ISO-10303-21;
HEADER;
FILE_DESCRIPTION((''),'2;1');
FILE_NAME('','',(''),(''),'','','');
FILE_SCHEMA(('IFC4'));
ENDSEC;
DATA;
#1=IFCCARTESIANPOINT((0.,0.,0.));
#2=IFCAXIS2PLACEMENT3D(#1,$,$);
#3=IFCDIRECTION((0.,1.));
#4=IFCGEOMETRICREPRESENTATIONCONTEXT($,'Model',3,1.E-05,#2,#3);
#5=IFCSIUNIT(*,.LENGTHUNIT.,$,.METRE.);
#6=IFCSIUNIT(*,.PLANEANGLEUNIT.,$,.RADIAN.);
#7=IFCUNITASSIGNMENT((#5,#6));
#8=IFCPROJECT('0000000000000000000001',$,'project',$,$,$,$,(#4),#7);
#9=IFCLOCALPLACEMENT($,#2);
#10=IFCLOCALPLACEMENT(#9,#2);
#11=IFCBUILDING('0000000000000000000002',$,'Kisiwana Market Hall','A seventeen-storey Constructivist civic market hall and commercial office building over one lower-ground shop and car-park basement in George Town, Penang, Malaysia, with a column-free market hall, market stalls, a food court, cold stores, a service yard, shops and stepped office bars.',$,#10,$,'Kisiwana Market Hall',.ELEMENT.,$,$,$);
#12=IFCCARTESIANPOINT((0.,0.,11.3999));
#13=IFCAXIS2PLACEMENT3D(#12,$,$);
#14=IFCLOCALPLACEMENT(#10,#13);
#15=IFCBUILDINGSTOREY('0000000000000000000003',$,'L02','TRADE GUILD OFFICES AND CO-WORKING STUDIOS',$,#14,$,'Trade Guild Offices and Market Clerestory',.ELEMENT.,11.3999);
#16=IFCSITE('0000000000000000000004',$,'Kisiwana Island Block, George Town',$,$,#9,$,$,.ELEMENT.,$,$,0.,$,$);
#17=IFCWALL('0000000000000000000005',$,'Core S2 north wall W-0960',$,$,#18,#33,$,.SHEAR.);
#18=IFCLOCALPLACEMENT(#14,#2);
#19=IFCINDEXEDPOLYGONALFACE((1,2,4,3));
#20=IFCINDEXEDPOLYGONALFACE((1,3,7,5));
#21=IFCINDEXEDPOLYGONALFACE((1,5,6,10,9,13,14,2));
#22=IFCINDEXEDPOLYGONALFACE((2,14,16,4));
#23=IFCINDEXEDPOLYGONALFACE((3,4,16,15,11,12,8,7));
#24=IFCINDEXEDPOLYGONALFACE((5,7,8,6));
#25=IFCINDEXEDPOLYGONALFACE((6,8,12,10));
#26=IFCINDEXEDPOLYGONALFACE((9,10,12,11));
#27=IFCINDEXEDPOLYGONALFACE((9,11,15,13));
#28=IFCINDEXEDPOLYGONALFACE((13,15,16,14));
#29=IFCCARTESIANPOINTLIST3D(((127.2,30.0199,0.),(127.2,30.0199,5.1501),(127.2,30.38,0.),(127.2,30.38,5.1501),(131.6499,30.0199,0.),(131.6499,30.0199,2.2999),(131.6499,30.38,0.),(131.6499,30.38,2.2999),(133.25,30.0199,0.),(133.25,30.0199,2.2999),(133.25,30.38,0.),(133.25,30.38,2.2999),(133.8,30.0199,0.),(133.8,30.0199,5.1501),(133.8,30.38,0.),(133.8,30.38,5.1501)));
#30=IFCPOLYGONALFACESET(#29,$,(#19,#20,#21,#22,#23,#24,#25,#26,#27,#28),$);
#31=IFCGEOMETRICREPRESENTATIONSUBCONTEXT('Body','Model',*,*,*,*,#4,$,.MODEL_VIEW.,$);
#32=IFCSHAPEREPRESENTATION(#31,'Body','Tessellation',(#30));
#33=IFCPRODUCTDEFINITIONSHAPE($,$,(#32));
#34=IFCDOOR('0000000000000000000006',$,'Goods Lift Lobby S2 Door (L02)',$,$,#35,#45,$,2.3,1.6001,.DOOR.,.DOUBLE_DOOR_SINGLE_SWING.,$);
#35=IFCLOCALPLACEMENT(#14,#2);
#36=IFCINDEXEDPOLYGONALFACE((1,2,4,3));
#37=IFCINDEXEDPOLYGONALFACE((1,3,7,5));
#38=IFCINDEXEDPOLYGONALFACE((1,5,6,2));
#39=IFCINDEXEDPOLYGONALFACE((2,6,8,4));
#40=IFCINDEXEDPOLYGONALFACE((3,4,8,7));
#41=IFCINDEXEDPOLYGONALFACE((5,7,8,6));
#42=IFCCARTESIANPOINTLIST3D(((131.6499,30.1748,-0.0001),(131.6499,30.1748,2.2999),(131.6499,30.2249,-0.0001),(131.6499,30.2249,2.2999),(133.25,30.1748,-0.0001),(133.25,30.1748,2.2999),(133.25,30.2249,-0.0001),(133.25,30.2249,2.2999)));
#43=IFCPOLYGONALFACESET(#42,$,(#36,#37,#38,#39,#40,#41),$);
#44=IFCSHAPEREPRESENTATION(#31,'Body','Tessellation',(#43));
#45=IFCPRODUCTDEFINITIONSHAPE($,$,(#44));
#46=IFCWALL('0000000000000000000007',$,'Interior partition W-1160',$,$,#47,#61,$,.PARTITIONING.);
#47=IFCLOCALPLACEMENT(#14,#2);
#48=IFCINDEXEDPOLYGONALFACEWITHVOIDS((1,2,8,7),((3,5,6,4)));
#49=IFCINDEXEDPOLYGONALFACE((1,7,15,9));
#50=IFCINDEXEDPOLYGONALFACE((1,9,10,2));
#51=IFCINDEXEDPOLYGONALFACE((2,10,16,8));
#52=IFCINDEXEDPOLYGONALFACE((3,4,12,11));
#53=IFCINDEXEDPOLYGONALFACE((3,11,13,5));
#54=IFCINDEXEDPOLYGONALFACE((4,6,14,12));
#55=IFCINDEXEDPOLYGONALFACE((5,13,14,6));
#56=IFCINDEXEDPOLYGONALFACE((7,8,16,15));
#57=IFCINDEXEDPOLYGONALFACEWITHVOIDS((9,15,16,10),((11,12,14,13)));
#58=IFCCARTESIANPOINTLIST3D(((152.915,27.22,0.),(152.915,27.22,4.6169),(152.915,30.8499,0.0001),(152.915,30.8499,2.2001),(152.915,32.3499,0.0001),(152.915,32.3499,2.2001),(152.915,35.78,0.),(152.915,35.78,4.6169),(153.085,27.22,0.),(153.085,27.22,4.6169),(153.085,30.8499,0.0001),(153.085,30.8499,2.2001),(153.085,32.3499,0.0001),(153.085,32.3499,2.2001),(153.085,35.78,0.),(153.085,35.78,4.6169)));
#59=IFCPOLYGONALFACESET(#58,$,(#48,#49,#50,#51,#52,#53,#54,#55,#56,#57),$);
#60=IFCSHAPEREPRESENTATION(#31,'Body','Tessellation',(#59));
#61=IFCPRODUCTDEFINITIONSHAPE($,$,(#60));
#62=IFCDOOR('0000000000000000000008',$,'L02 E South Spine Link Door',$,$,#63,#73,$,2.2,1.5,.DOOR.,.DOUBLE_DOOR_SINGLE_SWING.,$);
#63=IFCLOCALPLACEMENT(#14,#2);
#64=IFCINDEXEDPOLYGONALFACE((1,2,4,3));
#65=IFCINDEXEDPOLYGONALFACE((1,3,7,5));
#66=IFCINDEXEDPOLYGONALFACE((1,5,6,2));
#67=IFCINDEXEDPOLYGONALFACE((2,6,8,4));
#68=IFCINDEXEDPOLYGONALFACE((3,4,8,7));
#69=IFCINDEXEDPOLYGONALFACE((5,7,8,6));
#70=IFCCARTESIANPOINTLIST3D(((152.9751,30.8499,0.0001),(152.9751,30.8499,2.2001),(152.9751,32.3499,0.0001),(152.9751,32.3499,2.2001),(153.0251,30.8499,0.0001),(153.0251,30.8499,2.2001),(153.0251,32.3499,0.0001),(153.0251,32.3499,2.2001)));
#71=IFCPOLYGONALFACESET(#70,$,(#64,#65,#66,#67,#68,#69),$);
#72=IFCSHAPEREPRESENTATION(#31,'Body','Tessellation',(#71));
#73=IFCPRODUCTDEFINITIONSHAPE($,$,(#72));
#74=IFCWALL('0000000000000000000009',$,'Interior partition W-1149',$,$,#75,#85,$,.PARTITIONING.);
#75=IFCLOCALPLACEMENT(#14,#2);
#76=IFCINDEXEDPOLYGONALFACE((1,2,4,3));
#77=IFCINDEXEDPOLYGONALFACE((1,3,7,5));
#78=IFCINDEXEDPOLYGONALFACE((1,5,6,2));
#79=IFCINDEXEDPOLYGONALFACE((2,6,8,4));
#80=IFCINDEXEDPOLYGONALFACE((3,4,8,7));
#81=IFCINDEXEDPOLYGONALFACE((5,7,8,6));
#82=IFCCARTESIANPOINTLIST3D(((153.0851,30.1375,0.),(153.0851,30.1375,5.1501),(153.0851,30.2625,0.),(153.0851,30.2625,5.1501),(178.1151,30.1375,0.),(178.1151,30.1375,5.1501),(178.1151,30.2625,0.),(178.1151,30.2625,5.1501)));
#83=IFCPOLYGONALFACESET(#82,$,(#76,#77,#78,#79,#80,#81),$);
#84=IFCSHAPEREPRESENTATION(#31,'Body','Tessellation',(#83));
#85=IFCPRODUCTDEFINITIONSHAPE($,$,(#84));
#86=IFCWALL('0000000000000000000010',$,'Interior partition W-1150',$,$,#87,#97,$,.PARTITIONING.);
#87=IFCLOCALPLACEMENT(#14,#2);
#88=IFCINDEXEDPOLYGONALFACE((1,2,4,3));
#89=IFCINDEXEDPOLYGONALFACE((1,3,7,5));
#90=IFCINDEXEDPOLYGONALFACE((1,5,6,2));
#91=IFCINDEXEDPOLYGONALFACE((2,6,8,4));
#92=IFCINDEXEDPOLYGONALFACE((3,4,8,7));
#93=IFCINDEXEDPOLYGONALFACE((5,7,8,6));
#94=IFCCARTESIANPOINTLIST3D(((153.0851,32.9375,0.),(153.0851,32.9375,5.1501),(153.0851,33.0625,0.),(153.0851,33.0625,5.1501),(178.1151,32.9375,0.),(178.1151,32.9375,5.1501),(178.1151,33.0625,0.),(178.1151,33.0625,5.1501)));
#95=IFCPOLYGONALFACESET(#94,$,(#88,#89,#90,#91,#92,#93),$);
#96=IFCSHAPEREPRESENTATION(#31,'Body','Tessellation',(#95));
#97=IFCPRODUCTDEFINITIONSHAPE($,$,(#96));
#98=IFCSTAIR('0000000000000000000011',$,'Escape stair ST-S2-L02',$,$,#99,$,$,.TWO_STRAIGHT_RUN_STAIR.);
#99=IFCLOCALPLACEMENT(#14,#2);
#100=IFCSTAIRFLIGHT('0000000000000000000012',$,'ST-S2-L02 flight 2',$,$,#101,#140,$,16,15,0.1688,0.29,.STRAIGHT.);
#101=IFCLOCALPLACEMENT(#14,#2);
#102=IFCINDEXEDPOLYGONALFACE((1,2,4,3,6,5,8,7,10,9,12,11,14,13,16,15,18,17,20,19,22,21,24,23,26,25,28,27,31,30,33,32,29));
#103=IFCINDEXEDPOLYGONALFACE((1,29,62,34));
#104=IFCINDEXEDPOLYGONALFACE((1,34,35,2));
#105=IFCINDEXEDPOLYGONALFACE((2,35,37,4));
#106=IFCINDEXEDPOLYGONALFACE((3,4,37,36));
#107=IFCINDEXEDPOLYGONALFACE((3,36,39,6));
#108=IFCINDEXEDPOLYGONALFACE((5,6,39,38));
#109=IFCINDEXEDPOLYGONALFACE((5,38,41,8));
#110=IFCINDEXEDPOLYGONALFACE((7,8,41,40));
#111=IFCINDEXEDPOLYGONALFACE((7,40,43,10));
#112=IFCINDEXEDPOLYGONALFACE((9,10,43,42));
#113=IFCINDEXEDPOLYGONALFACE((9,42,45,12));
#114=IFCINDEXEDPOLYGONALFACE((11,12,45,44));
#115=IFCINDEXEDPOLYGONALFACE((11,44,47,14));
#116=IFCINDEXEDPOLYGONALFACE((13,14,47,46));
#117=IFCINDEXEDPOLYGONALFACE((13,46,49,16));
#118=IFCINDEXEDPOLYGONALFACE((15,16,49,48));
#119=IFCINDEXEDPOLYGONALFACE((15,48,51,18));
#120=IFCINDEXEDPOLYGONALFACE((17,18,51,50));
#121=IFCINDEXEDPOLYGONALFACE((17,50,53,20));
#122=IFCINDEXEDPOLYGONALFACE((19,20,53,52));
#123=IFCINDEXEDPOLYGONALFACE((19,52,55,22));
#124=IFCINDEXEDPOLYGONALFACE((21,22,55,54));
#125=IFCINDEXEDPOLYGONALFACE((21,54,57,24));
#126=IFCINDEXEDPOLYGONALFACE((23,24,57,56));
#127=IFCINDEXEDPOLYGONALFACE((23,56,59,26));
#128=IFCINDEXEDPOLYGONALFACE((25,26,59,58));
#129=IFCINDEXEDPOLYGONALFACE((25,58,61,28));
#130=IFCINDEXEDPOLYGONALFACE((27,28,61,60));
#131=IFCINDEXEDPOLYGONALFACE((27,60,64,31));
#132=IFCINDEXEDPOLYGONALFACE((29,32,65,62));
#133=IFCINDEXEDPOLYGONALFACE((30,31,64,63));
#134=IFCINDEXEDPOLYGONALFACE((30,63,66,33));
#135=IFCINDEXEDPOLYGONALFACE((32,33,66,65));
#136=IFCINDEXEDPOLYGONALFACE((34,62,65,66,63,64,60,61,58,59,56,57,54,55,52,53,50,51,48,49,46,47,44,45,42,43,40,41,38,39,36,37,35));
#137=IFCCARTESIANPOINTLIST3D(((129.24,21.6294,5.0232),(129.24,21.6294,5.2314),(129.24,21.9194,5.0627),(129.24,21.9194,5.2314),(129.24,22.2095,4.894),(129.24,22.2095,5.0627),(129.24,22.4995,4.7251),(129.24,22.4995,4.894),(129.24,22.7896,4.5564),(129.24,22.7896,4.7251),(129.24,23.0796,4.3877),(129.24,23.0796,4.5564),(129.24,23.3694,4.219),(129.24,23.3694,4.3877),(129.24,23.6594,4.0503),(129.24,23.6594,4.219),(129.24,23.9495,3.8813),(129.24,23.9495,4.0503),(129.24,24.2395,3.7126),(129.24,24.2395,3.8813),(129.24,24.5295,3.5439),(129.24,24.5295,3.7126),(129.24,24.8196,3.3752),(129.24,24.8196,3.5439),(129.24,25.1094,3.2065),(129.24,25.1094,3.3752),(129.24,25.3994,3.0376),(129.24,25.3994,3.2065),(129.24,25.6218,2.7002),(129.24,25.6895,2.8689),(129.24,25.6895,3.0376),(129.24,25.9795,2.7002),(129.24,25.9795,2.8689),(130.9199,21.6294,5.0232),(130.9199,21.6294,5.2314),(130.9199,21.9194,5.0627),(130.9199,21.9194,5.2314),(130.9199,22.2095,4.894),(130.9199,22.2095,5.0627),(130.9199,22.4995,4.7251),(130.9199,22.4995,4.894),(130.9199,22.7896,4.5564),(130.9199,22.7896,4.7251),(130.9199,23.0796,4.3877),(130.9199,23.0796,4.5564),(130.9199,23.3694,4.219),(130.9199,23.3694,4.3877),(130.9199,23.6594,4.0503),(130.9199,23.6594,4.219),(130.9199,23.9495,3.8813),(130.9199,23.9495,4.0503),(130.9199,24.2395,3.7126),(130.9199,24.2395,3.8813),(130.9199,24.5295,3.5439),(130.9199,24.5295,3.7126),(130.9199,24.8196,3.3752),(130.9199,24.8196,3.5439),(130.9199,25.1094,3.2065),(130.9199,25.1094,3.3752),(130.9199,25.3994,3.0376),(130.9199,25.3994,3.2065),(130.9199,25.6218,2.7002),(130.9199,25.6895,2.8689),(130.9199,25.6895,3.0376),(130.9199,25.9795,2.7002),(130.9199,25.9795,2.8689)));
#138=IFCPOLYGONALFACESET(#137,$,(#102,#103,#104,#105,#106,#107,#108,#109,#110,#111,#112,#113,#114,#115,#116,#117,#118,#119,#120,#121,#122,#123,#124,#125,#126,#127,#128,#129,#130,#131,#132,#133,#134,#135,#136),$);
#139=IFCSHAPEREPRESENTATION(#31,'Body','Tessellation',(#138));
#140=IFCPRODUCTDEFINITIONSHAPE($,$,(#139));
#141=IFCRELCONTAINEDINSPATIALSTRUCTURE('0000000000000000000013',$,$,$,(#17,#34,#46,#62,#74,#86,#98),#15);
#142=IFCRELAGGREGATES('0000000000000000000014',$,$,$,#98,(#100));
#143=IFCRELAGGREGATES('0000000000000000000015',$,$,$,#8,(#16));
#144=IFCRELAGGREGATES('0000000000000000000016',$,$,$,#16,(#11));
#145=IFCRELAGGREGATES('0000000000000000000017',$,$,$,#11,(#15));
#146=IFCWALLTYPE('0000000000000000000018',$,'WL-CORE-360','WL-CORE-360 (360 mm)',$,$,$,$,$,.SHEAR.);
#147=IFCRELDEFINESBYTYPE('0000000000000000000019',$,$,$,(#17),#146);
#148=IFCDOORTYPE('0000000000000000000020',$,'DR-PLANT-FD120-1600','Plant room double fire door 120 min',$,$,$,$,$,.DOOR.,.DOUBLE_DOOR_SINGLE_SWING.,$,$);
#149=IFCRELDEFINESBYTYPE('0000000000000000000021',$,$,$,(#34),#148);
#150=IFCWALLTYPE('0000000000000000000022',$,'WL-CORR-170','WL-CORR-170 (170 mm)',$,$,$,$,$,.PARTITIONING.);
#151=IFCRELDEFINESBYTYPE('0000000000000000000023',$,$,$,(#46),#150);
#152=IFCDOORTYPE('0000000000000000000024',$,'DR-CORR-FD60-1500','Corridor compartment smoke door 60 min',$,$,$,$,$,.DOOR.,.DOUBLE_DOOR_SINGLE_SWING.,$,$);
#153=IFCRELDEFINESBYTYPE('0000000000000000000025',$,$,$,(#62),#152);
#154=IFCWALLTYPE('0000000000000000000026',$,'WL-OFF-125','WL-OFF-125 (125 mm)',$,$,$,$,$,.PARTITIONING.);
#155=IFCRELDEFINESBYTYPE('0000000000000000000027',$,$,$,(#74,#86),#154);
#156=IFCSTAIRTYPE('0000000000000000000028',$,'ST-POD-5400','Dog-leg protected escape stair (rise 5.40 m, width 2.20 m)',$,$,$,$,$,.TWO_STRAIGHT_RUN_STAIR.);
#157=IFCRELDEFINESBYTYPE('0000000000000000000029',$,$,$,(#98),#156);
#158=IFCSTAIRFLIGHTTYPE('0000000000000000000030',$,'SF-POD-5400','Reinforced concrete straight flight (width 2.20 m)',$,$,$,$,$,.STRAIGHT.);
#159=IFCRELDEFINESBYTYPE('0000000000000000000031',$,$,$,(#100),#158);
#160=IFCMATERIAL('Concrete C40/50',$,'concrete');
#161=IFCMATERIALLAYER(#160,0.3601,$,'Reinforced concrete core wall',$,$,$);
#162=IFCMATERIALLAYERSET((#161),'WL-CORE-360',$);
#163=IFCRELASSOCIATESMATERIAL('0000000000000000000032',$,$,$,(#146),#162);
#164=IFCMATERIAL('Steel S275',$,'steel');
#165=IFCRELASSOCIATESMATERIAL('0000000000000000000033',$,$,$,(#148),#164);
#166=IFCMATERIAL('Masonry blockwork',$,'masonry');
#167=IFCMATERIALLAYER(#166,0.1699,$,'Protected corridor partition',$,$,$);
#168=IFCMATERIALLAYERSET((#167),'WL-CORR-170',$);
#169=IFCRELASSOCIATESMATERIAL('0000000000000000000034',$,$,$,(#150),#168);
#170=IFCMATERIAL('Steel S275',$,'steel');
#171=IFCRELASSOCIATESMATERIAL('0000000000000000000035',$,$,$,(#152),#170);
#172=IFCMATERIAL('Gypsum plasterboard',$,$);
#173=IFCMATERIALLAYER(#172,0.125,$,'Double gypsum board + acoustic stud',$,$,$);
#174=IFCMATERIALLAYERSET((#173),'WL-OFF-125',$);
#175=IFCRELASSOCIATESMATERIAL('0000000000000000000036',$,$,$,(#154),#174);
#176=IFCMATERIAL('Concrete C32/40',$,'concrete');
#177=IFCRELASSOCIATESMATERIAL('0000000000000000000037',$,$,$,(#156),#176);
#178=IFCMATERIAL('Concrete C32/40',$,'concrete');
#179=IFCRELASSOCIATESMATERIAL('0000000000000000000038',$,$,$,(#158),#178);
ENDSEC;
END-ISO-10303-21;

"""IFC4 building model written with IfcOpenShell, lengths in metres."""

from ifc_helpers import new_model, si_unit, direction, frame, frame_2d, origin, place, context, subcontext, project, spatial, polyline, rectangle, outline, extrude, material, layer, layer_set, type_object, element, fill, aggregate, save


model = new_model("IFC4")

# Units and contexts
model_context = context("Model", 3, precision=1e-05, world=origin(), true_north=direction((0.0, 1.0)))
body_context = subcontext(model_context, "Body", "Model", "MODEL_VIEW")
ifc_project = project(units=[si_unit("LENGTHUNIT", "METRE"), si_unit("PLANEANGLEUNIT", "RADIAN")], contexts=[model_context])

# Site, building, storey
site_placement = place(None, origin())
site = spatial("IfcSite", under=ifc_project, at=site_placement, Name="Kisiwana Island Block, George Town", CompositionType="ELEMENT", RefElevation=0.0)
building_placement = place(site_placement, origin())
building = spatial("IfcBuilding", under=site, at=building_placement, Name="Kisiwana Market Hall", Description="A seventeen-storey Constructivist civic market hall and commercial office building over one lower-ground shop and car-park basement in George Town, Penang, Malaysia, with a column-free market hall, market stalls, a food court, cold stores, a service yard, shops and stepped office bars.", LongName="Kisiwana Market Hall", CompositionType="ELEMENT")
storey_placement = place(building_placement, frame((0.0, 0.0, 11.3999)))
storey = spatial("IfcBuildingStorey", under=building, at=storey_placement, Name="L02", Description="TRADE GUILD OFFICES AND CO-WORKING STUDIOS", LongName="Trade Guild Offices and Market Clerestory", CompositionType="ELEMENT", Elevation=11.3999)

# Walls, openings, doors
ifc_material_1 = material(Name="Concrete C40/50", Category="concrete")
ifc_layer_1 = layer(ifc_material_1, 0.3601, Name="Reinforced concrete core wall")
ifc_layer_set_1 = layer_set([ifc_layer_1], Name="WL-CORE-360")
wall_type_1 = type_object("IfcWallType", Name="WL-CORE-360", Description="WL-CORE-360 (360 mm)", PredefinedType="SHEAR", material=ifc_layer_set_1)
wall_1_placement = place(storey_placement, frame((127.2, 30.2, 0.0), z_axis=(0.0, 0.0, 1.0), x_axis=(1.0, 0.0, 0.0)))
wall_1 = element("IfcWall", 1, at=wall_1_placement, inside=storey, type_object=wall_type_1, Name="Core S2 north wall W-0960", PredefinedType="SHEAR", context=body_context, shape_type="SweptSolid", body=[
    extrude(rectangle(XDim=6.6001, YDim=0.3601, at=frame_2d((3.3, 0.0))), origin(), (0.0, 0.0, 1.0), 5.1501),
])
opening_1_placement = place(wall_1_placement, frame((4.45, 0.0, 0.0)))
opening_1 = element("IfcOpeningElement", 2, at=opening_1_placement, cuts=wall_1, PredefinedType="OPENING", context=body_context, shape_type="SweptSolid", body=[
    extrude(rectangle(XDim=1.6001, YDim=2.3, at=frame_2d((0.8, 1.1499))), frame((0.0, 0.1919, 0.0), z_axis=(0.0, -1.0, 0.0), x_axis=(1.0, 0.0, 0.0)), (0.0, 0.0, 1.0), 0.384),
])
ifc_material_2 = material(Name="Steel S275", Category="steel")
door_type_1 = type_object("IfcDoorType", Name="DR-PLANT-FD120-1600", Description="Plant room double fire door 120 min", OperationType="DOUBLE_DOOR_SINGLE_SWING", PredefinedType="DOOR", material=ifc_material_2)
door_1_placement = place(opening_1_placement, origin())
door_1 = element("IfcDoor", 3, at=door_1_placement, inside=storey, type_object=door_type_1, Name="Goods Lift Lobby S2 Door (L02)", OperationType="DOUBLE_DOOR_SINGLE_SWING", OverallHeight=2.3, OverallWidth=1.6001, PredefinedType="DOOR", context=body_context, shape_type="SweptSolid", body=[
    extrude(rectangle(XDim=1.6001, YDim=2.3, at=frame_2d((0.8, 1.1499))), frame((0.0, 0.0249, 0.0), z_axis=(0.0, -1.0, 0.0), x_axis=(1.0, 0.0, 0.0)), (0.0, 0.0, 1.0), 0.05),
])
fill(opening_1, door_1)
ifc_material_3 = material(Name="Masonry blockwork", Category="masonry")
ifc_layer_2 = layer(ifc_material_3, 0.1699, Name="Protected corridor partition")
ifc_layer_set_2 = layer_set([ifc_layer_2], Name="WL-CORR-170")
wall_type_2 = type_object("IfcWallType", Name="WL-CORR-170", Description="WL-CORR-170 (170 mm)", PredefinedType="PARTITIONING", material=ifc_layer_set_2)
wall_2_placement = place(storey_placement, frame((153.0, 27.22, 0.0), z_axis=(0.0, 0.0, 1.0), x_axis=(0.0, 1.0, 0.0)))
wall_2 = element("IfcWall", 4, at=wall_2_placement, inside=storey, type_object=wall_type_2, Name="Interior partition W-1160", PredefinedType="PARTITIONING", context=body_context, shape_type="SweptSolid", body=[
    extrude(rectangle(XDim=8.5601, YDim=0.1699, at=frame_2d((4.28, 0.0))), origin(), (0.0, 0.0, 1.0), 4.6169),
])
opening_2_placement = place(wall_2_placement, frame((3.6299, 0.0, 0.0)))
opening_2 = element("IfcOpeningElement", 5, at=opening_2_placement, cuts=wall_2, PredefinedType="OPENING", context=body_context, shape_type="SweptSolid", body=[
    extrude(rectangle(XDim=1.5, YDim=2.2, at=frame_2d((0.75, 1.1001))), frame((0.0, 0.0969, 0.0), z_axis=(0.0, -1.0, 0.0), x_axis=(1.0, 0.0, 0.0)), (0.0, 0.0, 1.0), 0.1938),
])
ifc_material_4 = material(Name="Steel S275", Category="steel")
door_type_2 = type_object("IfcDoorType", Name="DR-CORR-FD60-1500", Description="Corridor compartment smoke door 60 min", OperationType="DOUBLE_DOOR_SINGLE_SWING", PredefinedType="DOOR", material=ifc_material_4)
door_2_placement = place(opening_2_placement, origin())
door_2 = element("IfcDoor", 6, at=door_2_placement, inside=storey, type_object=door_type_2, Name="L02 E South Spine Link Door", OperationType="DOUBLE_DOOR_SINGLE_SWING", OverallHeight=2.2, OverallWidth=1.5, PredefinedType="DOOR", context=body_context, shape_type="SweptSolid", body=[
    extrude(rectangle(XDim=1.5, YDim=2.2, at=frame_2d((0.75, 1.1001))), frame((0.0, 0.0249, 0.0), z_axis=(0.0, -1.0, 0.0), x_axis=(1.0, 0.0, 0.0)), (0.0, 0.0, 1.0), 0.05),
])
fill(opening_2, door_2)

# Walls
ifc_material_5 = material(Name="Gypsum plasterboard")
ifc_layer_3 = layer(ifc_material_5, 0.125, Name="Double gypsum board + acoustic stud")
ifc_layer_set_3 = layer_set([ifc_layer_3], Name="WL-OFF-125")
wall_type_3 = type_object("IfcWallType", Name="WL-OFF-125", Description="WL-OFF-125 (125 mm)", PredefinedType="PARTITIONING", material=ifc_layer_set_3)
for number, where, z_axis, x_axis, name in (
    (7, (153.085, 30.2, 0.0), (0.0, 0.0, 1.0), (1.0, 0.0, 0.0), "Interior partition W-1149"),
    (8, (153.085, 33.0, 0.0), (0.0, 0.0, 1.0), (1.0, 0.0, 0.0), "Interior partition W-1150"),
):
    element("IfcWall", number, at=place(storey_placement, frame(where, z_axis=z_axis, x_axis=x_axis)), inside=storey, type_object=wall_type_3, Name=name, PredefinedType="PARTITIONING", context=body_context, shape_type="SweptSolid", body=[
        extrude(rectangle(XDim=25.03, YDim=0.125, at=frame_2d((12.5151, 0.0))), origin(), (0.0, 0.0, 1.0), 5.1501),
    ])

# Stair, stair flight
ifc_material_6 = material(Name="Concrete C32/40", Category="concrete")
stair_type = type_object("IfcStairType", Name="ST-POD-5400", Description="Dog-leg protected escape stair (rise 5.40 m, width 2.20 m)", PredefinedType="TWO_STRAIGHT_RUN_STAIR", material=ifc_material_6)
stair_placement = place(storey_placement, origin())
stair = element("IfcStair", 9, at=stair_placement, inside=storey, type_object=stair_type, Name="Escape stair ST-S2-L02", PredefinedType="TWO_STRAIGHT_RUN_STAIR")
ifc_material_7 = material(Name="Concrete C32/40", Category="concrete")
stair_flight_type = type_object("IfcStairFlightType", Name="SF-POD-5400", Description="Reinforced concrete straight flight (width 2.20 m)", PredefinedType="STRAIGHT", material=ifc_material_7)
stair_flight_placement = place(storey_placement, frame((130.0801, 25.9795, 2.7002), z_axis=(0.0, 0.0, 1.0), x_axis=(0.0, -1.0, 0.0)))
stair_flight = element("IfcStairFlight", 10, at=stair_flight_placement, type_object=stair_flight_type, Name="ST-S2-L02 flight 2", NumberOfRisers=16, NumberOfTreads=15, PredefinedType="STRAIGHT", RiserHeight=0.1688, TreadLength=0.29, context=body_context, shape_type="SweptSolid", body=[
    extrude(outline(polyline([(0.0, 0.0), (0.0, 0.1687), (0.29, 0.1687), (0.29, 0.3374), (0.5801, 0.3374), (0.5801, 0.5063), (0.8701, 0.5063), (0.8701, 0.675), (1.1599, 0.675), (1.1599, 0.8438), (1.45, 0.8438), (1.45, 1.0125), (1.74, 1.0125), (1.74, 1.1812), (2.03, 1.1812), (2.03, 1.3501), (2.3201, 1.3501), (2.3201, 1.5188), (2.6101, 1.5188), (2.6101, 1.6875), (2.8999, 1.6875), (2.8999, 1.8562), (3.1899, 1.8562), (3.1899, 2.0249), (3.48, 2.0249), (3.48, 2.1938), (3.77, 2.1938), (3.77, 2.3625), (4.0601, 2.3625), (4.0601, 2.5312), (4.3501, 2.5312), (4.3501, 2.7), (4.3501, 2.323), (0.3577, 0.0), (0.0, 0.0)])), frame((0.0, 0.8398, 0.0), z_axis=(0.0, -1.0, 0.0), x_axis=(1.0, 0.0, 0.0)), (0.0, 0.0, 1.0), 1.6799),
])
aggregate(stair, [stair_flight])

save(model, "model.ifc")
